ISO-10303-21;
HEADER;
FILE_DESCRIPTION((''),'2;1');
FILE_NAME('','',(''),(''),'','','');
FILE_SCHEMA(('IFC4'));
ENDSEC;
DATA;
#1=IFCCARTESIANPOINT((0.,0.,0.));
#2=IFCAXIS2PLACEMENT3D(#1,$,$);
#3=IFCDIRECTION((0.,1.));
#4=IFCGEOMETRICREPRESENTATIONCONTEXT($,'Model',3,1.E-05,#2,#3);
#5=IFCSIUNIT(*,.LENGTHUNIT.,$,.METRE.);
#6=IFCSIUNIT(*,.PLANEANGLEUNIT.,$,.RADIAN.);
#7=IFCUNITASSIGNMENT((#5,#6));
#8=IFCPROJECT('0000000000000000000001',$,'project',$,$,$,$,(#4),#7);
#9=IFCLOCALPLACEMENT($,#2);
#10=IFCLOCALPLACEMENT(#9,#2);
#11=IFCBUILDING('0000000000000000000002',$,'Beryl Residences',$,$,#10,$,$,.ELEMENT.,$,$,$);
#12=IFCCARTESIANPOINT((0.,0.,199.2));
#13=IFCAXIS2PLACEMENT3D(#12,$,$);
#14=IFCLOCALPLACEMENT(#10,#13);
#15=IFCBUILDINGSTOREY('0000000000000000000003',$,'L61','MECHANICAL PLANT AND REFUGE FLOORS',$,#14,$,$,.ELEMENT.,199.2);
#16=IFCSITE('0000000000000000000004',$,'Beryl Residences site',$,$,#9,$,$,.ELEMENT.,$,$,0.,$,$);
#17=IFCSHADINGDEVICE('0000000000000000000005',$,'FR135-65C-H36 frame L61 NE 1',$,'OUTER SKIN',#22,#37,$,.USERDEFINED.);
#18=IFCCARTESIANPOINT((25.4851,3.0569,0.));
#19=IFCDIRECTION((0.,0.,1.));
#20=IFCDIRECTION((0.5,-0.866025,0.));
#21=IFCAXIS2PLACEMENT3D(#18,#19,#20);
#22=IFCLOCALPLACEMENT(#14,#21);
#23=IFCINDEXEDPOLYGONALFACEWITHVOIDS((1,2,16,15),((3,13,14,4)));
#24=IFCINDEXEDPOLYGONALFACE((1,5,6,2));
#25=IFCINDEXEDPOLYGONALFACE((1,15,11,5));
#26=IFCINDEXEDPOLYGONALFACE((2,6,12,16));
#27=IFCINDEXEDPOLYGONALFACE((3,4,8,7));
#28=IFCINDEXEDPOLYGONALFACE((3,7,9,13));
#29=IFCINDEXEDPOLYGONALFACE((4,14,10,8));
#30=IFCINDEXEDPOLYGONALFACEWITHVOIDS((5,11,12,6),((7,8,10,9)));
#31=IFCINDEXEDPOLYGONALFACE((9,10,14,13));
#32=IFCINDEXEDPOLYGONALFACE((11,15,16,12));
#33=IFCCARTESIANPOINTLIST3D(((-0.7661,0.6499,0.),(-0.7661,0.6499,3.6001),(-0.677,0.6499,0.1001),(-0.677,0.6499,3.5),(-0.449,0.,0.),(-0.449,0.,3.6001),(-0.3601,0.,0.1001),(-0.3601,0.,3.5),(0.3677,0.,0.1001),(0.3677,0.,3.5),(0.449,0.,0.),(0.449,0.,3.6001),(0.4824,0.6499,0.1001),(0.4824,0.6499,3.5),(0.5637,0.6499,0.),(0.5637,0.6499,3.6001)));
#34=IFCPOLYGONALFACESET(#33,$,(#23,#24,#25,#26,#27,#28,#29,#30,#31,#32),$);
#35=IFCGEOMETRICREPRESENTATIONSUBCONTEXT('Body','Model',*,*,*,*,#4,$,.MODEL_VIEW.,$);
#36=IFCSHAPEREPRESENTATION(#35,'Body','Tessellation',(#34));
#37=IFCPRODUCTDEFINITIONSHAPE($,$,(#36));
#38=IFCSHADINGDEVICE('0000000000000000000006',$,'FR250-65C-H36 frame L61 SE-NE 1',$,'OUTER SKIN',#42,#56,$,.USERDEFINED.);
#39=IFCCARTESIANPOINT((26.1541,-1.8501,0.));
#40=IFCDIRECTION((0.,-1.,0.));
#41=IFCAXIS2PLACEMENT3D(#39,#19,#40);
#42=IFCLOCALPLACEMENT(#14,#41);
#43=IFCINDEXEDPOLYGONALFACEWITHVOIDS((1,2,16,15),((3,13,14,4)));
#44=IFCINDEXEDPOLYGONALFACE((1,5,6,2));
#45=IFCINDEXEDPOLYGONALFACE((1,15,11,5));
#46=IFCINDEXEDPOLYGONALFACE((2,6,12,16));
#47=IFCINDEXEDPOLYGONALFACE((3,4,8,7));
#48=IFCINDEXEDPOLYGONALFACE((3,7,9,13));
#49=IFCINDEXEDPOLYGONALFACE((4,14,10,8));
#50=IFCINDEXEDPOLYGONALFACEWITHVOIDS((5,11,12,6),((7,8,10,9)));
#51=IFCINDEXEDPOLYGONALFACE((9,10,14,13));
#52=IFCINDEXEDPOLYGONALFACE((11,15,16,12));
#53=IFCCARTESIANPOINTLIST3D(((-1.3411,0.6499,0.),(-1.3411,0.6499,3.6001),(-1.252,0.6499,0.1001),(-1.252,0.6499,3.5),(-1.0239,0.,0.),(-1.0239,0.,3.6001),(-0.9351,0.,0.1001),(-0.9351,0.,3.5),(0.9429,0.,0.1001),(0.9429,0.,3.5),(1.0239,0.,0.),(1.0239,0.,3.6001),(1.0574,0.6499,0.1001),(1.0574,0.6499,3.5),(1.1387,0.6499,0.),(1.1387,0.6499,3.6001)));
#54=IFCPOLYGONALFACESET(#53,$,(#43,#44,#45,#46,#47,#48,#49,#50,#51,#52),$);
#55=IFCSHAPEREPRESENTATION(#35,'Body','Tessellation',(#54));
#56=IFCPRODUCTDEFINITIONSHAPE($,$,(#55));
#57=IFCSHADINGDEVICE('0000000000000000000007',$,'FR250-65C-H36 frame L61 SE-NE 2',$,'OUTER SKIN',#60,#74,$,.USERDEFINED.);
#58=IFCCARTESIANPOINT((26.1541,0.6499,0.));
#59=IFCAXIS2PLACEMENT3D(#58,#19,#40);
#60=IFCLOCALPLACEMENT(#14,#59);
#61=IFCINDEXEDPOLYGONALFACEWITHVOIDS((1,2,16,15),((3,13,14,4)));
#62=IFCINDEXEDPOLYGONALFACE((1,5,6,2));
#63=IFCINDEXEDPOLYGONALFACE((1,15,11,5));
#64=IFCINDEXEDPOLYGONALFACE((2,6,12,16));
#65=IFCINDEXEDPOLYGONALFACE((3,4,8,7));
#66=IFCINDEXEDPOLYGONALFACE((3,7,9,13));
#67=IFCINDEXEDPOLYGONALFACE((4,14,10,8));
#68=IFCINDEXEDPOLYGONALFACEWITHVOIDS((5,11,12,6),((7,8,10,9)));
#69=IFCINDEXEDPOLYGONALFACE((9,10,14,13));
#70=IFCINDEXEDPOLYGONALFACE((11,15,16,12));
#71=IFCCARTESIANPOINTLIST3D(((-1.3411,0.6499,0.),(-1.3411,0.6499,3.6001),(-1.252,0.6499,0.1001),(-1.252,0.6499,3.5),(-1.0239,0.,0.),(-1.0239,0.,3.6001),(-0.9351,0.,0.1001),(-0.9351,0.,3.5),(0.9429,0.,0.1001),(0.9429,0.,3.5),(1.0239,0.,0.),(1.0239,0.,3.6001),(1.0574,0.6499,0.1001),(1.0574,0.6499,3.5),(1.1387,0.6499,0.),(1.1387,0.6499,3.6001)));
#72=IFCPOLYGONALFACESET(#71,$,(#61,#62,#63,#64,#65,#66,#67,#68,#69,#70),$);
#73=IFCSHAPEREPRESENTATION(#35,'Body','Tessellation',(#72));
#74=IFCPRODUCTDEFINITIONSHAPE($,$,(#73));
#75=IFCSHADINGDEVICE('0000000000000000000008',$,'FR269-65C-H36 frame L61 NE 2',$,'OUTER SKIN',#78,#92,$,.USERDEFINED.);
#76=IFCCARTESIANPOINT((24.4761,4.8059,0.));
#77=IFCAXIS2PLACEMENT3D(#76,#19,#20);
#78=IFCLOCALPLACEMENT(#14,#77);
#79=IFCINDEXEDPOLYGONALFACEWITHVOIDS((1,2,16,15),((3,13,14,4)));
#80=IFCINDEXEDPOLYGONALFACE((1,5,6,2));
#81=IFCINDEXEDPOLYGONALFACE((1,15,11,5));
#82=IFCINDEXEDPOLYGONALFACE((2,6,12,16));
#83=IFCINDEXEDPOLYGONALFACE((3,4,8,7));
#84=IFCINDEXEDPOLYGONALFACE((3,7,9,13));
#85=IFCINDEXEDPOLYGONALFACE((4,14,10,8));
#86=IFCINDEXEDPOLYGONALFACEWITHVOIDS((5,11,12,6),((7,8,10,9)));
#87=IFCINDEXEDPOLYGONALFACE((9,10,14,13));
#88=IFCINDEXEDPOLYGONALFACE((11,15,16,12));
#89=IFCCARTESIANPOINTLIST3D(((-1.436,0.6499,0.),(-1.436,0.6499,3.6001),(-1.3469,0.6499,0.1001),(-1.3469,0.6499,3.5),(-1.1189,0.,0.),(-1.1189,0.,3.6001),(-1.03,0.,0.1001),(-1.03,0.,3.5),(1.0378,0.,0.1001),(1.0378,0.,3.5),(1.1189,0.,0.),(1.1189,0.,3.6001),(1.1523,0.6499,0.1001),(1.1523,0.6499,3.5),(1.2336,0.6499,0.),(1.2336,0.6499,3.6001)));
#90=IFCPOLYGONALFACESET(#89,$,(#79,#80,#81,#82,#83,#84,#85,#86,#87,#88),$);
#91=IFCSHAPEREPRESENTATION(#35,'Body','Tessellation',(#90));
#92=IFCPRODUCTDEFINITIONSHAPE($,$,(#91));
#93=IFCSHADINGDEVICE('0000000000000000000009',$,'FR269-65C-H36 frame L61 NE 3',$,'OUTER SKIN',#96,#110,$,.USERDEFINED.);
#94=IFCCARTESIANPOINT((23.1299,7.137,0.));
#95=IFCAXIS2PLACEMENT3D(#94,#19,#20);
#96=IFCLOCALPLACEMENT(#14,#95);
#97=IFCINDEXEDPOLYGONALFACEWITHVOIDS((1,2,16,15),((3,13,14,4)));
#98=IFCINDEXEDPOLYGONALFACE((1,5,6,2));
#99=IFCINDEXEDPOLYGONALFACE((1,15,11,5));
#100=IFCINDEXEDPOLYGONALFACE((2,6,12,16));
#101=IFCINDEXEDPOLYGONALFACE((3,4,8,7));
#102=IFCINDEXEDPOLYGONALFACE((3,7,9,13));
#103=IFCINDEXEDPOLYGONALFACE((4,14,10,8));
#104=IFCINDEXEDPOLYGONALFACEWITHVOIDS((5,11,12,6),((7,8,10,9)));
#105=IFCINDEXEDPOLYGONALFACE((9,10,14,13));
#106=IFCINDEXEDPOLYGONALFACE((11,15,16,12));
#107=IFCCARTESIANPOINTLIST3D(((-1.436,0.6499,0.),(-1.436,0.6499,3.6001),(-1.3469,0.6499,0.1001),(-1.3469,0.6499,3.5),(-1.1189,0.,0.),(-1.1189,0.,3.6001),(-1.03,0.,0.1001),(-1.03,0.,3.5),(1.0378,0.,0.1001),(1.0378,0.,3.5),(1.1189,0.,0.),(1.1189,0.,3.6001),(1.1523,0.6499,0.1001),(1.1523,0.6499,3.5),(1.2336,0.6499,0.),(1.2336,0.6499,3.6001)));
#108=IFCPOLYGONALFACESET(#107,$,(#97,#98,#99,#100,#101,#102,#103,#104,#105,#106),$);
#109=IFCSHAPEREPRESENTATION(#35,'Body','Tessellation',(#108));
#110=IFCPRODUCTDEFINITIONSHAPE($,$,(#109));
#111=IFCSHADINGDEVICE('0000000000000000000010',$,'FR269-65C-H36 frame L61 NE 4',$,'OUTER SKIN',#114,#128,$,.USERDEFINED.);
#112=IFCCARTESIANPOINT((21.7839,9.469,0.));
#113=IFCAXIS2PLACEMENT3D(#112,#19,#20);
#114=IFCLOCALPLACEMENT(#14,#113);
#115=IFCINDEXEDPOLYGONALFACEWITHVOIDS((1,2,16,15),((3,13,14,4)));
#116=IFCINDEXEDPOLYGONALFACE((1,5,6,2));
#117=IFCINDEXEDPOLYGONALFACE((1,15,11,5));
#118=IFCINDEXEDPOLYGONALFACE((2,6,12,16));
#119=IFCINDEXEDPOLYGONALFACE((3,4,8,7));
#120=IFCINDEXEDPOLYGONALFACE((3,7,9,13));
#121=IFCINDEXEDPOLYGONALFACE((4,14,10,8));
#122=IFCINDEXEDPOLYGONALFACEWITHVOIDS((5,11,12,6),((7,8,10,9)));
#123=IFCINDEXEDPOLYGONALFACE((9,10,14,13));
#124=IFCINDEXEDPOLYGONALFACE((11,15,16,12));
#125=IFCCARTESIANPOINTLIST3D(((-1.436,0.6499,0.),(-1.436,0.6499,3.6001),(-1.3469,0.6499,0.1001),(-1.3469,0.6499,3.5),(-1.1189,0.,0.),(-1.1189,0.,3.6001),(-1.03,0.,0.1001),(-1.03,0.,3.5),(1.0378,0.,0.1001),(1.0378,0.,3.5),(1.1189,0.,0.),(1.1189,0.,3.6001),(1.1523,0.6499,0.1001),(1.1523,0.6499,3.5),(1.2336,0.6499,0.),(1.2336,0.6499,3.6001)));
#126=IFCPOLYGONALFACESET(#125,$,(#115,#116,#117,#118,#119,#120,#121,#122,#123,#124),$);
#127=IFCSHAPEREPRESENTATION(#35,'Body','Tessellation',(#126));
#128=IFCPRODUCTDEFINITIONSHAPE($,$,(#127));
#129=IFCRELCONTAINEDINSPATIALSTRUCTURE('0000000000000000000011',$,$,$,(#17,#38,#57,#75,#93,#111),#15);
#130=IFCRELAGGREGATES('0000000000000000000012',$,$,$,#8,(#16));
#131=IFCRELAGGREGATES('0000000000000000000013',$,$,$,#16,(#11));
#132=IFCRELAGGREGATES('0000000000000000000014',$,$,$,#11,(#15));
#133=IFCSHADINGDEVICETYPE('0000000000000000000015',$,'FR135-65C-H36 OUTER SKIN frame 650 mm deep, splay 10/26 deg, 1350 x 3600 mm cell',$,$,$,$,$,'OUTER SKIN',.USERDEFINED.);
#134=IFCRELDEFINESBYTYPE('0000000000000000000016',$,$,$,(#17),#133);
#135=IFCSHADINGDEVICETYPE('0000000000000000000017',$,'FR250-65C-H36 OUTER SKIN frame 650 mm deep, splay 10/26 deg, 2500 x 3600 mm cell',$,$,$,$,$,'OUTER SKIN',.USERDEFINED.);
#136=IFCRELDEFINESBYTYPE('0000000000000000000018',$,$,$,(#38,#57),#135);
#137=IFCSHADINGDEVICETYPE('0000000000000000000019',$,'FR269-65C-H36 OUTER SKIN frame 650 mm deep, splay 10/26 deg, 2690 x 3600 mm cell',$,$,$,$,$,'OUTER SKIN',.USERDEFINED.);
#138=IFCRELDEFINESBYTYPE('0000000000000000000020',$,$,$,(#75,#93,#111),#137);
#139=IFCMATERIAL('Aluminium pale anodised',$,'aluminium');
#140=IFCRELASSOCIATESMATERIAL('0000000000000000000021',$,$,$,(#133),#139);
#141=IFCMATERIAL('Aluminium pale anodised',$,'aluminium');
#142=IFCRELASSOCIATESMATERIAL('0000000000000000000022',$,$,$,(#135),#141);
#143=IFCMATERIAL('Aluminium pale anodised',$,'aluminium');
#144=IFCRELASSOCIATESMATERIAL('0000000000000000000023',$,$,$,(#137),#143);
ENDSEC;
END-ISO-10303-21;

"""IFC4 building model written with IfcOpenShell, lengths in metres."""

from ifc_helpers import new_model, entity, si_unit, direction, frame, origin, place, context, subcontext, project, spatial, source, transform, mapped, material, type_object, type_shapes, element, save


model = new_model("IFC4")

# Units and contexts
model_context = context("Model", 3, precision=1e-05, world=origin(), true_north=direction((0.0, 1.0)))
body_context = subcontext(model_context, "Body", "Model", "MODEL_VIEW")
ifc_project = project(units=[si_unit("LENGTHUNIT", "METRE"), si_unit("PLANEANGLEUNIT", "RADIAN")], contexts=[model_context])

# Site, building, storey
site_placement = place(None, origin())
site = spatial("IfcSite", under=ifc_project, at=site_placement, Name="Beryl Residences site", CompositionType="ELEMENT", RefElevation=0.0)
building_placement = place(site_placement, origin())
building = spatial("IfcBuilding", under=site, at=building_placement, Name="Beryl Residences", CompositionType="ELEMENT")
storey_placement = place(building_placement, frame((0.0, 0.0, 199.2)))
storey = spatial("IfcBuildingStorey", under=building, at=storey_placement, Name="L61", Description="MECHANICAL PLANT AND REFUGE FLOORS", CompositionType="ELEMENT", Elevation=199.2)

# Shading devices
ifc_material_1 = material(Name="Aluminium pale anodised", Category="aluminium")
shading_device_type_1 = type_object("IfcShadingDeviceType", Name="FR135-65C-H36 OUTER SKIN frame 650 mm deep, splay 10/26 deg, 1350 x 3600 mm cell", ElementType="OUTER SKIN", PredefinedType="USERDEFINED", material=ifc_material_1)
cartesian_point_1 = entity("IfcCartesianPoint", [-0.449, 0.0])
cartesian_point_2 = entity("IfcCartesianPoint", [-0.3677, 0.1001])
cartesian_point_3 = entity("IfcCartesianPoint", [-0.5637, 0.0])
cartesian_point_4 = entity("IfcCartesianPoint", [-0.4824, 0.1001])
shared_shape_1 = source(origin(), body_context, "Body", "SweptSolid", [
    entity("IfcExtrudedAreaSolidTapered", entity("IfcArbitraryProfileDefWithVoids", "AREA", None, entity("IfcPolyline", [cartesian_point_1, entity("IfcCartesianPoint", [0.449, 0.0]), entity("IfcCartesianPoint", [0.449, 3.6001]), entity("IfcCartesianPoint", [-0.449, 3.6001]), cartesian_point_1]), [entity("IfcPolyline", [cartesian_point_2, entity("IfcCartesianPoint", [0.3601, 0.1001]), entity("IfcCartesianPoint", [0.3601, 3.5]), entity("IfcCartesianPoint", [-0.3677, 3.5]), cartesian_point_2])]), entity("IfcAxis2Placement3D", entity("IfcCartesianPoint", [0.0, 0.0, 0.0]), entity("IfcDirection", [0.0, 1.0, 0.0]), entity("IfcDirection", [-1.0, 0.0, 0.0])), entity("IfcDirection", [0.0, 0.0, 1.0]), 0.6499, entity("IfcArbitraryProfileDefWithVoids", "AREA", None, entity("IfcPolyline", [cartesian_point_3, entity("IfcCartesianPoint", [0.7661, 0.0]), entity("IfcCartesianPoint", [0.7661, 3.6001]), entity("IfcCartesianPoint", [-0.5637, 3.6001]), cartesian_point_3]), [entity("IfcPolyline", [cartesian_point_4, entity("IfcCartesianPoint", [0.677, 0.1001]), entity("IfcCartesianPoint", [0.677, 3.5]), entity("IfcCartesianPoint", [-0.4824, 3.5]), cartesian_point_4])])),
])
type_shapes(shading_device_type_1, [shared_shape_1])
shading_device_placement = place(storey_placement, frame((25.4851, 3.0569, 0.0), z_axis=(0.0, 0.0, 1.0), x_axis=(0.5, -0.866025, 0.0)))
element("IfcShadingDevice", 1, at=shading_device_placement, inside=storey, type_object=shading_device_type_1, Name="FR135-65C-H36 frame L61 NE 1", ObjectType="OUTER SKIN", PredefinedType="USERDEFINED", context=body_context, shape_type="MappedRepresentation", body=[
    mapped(shared_shape_1, transform((0.0, 0.0, 0.0))),
])
ifc_material_2 = material(Name="Aluminium pale anodised", Category="aluminium")
shading_device_type_2 = type_object("IfcShadingDeviceType", Name="FR250-65C-H36 OUTER SKIN frame 650 mm deep, splay 10/26 deg, 2500 x 3600 mm cell", ElementType="OUTER SKIN", PredefinedType="USERDEFINED", material=ifc_material_2)
cartesian_point_5 = entity("IfcCartesianPoint", [-1.0239, 0.0])
cartesian_point_6 = entity("IfcCartesianPoint", [-0.9429, 0.1001])
cartesian_point_7 = entity("IfcCartesianPoint", [-1.1387, 0.0])
cartesian_point_8 = entity("IfcCartesianPoint", [-1.0574, 0.1001])
shared_shape_2 = source(origin(), body_context, "Body", "SweptSolid", [
    entity("IfcExtrudedAreaSolidTapered", entity("IfcArbitraryProfileDefWithVoids", "AREA", None, entity("IfcPolyline", [cartesian_point_5, entity("IfcCartesianPoint", [1.0239, 0.0]), entity("IfcCartesianPoint", [1.0239, 3.6001]), entity("IfcCartesianPoint", [-1.0239, 3.6001]), cartesian_point_5]), [entity("IfcPolyline", [cartesian_point_6, entity("IfcCartesianPoint", [0.9351, 0.1001]), entity("IfcCartesianPoint", [0.9351, 3.5]), entity("IfcCartesianPoint", [-0.9429, 3.5]), cartesian_point_6])]), entity("IfcAxis2Placement3D", entity("IfcCartesianPoint", [0.0, 0.0, 0.0]), entity("IfcDirection", [0.0, 1.0, 0.0]), entity("IfcDirection", [-1.0, 0.0, 0.0])), entity("IfcDirection", [0.0, 0.0, 1.0]), 0.6499, entity("IfcArbitraryProfileDefWithVoids", "AREA", None, entity("IfcPolyline", [cartesian_point_7, entity("IfcCartesianPoint", [1.3411, 0.0]), entity("IfcCartesianPoint", [1.3411, 3.6001]), entity("IfcCartesianPoint", [-1.1387, 3.6001]), cartesian_point_7]), [entity("IfcPolyline", [cartesian_point_8, entity("IfcCartesianPoint", [1.252, 0.1001]), entity("IfcCartesianPoint", [1.252, 3.5]), entity("IfcCartesianPoint", [-1.0574, 3.5]), cartesian_point_8])])),
])
type_shapes(shading_device_type_2, [shared_shape_2])
for number, where, z_axis, x_axis, name in (
    (2, (26.1541, -1.8501, 0.0), (0.0, 0.0, 1.0), (0.0, -1.0, 0.0), "FR250-65C-H36 frame L61 SE-NE 1"),
    (3, (26.1541, 0.6499, 0.0), (0.0, 0.0, 1.0), (0.0, -1.0, 0.0), "FR250-65C-H36 frame L61 SE-NE 2"),
):
    element("IfcShadingDevice", number, at=place(storey_placement, frame(where, z_axis=z_axis, x_axis=x_axis)), inside=storey, type_object=shading_device_type_2, Name=name, ObjectType="OUTER SKIN", PredefinedType="USERDEFINED", context=body_context, shape_type="MappedRepresentation", body=[
        mapped(shared_shape_2, transform((0.0, 0.0, 0.0))),
    ])
ifc_material_3 = material(Name="Aluminium pale anodised", Category="aluminium")
shading_device_type_3 = type_object("IfcShadingDeviceType", Name="FR269-65C-H36 OUTER SKIN frame 650 mm deep, splay 10/26 deg, 2690 x 3600 mm cell", ElementType="OUTER SKIN", PredefinedType="USERDEFINED", material=ifc_material_3)
cartesian_point_9 = entity("IfcCartesianPoint", [-1.1189, 0.0])
cartesian_point_10 = entity("IfcCartesianPoint", [-1.0378, 0.1001])
cartesian_point_11 = entity("IfcCartesianPoint", [-1.2336, 0.0])
cartesian_point_12 = entity("IfcCartesianPoint", [-1.1523, 0.1001])
shared_shape_3 = source(origin(), body_context, "Body", "SweptSolid", [
    entity("IfcExtrudedAreaSolidTapered", entity("IfcArbitraryProfileDefWithVoids", "AREA", None, entity("IfcPolyline", [cartesian_point_9, entity("IfcCartesianPoint", [1.1189, 0.0]), entity("IfcCartesianPoint", [1.1189, 3.6001]), entity("IfcCartesianPoint", [-1.1189, 3.6001]), cartesian_point_9]), [entity("IfcPolyline", [cartesian_point_10, entity("IfcCartesianPoint", [1.03, 0.1001]), entity("IfcCartesianPoint", [1.03, 3.5]), entity("IfcCartesianPoint", [-1.0378, 3.5]), cartesian_point_10])]), entity("IfcAxis2Placement3D", entity("IfcCartesianPoint", [0.0, 0.0, 0.0]), entity("IfcDirection", [0.0, 1.0, 0.0]), entity("IfcDirection", [-1.0, 0.0, 0.0])), entity("IfcDirection", [0.0, 0.0, 1.0]), 0.6499, entity("IfcArbitraryProfileDefWithVoids", "AREA", None, entity("IfcPolyline", [cartesian_point_11, entity("IfcCartesianPoint", [1.436, 0.0]), entity("IfcCartesianPoint", [1.436, 3.6001]), entity("IfcCartesianPoint", [-1.2336, 3.6001]), cartesian_point_11]), [entity("IfcPolyline", [cartesian_point_12, entity("IfcCartesianPoint", [1.3469, 0.1001]), entity("IfcCartesianPoint", [1.3469, 3.5]), entity("IfcCartesianPoint", [-1.1523, 3.5]), cartesian_point_12])])),
])
type_shapes(shading_device_type_3, [shared_shape_3])
for number, where, z_axis, x_axis, name in (
    (4, (24.4761, 4.8059, 0.0), (0.0, 0.0, 1.0), (0.5, -0.866025, 0.0), "FR269-65C-H36 frame L61 NE 2"),
    (5, (23.1299, 7.137, 0.0), (0.0, 0.0, 1.0), (0.5, -0.866025, 0.0), "FR269-65C-H36 frame L61 NE 3"),
    (6, (21.7839, 9.469, 0.0), (0.0, 0.0, 1.0), (0.5, -0.866025, 0.0), "FR269-65C-H36 frame L61 NE 4"),
):
    element("IfcShadingDevice", number, at=place(storey_placement, frame(where, z_axis=z_axis, x_axis=x_axis)), inside=storey, type_object=shading_device_type_3, Name=name, ObjectType="OUTER SKIN", PredefinedType="USERDEFINED", context=body_context, shape_type="MappedRepresentation", body=[
        mapped(shared_shape_3, transform((0.0, 0.0, 0.0))),
    ])

save(model, "model.ifc")
